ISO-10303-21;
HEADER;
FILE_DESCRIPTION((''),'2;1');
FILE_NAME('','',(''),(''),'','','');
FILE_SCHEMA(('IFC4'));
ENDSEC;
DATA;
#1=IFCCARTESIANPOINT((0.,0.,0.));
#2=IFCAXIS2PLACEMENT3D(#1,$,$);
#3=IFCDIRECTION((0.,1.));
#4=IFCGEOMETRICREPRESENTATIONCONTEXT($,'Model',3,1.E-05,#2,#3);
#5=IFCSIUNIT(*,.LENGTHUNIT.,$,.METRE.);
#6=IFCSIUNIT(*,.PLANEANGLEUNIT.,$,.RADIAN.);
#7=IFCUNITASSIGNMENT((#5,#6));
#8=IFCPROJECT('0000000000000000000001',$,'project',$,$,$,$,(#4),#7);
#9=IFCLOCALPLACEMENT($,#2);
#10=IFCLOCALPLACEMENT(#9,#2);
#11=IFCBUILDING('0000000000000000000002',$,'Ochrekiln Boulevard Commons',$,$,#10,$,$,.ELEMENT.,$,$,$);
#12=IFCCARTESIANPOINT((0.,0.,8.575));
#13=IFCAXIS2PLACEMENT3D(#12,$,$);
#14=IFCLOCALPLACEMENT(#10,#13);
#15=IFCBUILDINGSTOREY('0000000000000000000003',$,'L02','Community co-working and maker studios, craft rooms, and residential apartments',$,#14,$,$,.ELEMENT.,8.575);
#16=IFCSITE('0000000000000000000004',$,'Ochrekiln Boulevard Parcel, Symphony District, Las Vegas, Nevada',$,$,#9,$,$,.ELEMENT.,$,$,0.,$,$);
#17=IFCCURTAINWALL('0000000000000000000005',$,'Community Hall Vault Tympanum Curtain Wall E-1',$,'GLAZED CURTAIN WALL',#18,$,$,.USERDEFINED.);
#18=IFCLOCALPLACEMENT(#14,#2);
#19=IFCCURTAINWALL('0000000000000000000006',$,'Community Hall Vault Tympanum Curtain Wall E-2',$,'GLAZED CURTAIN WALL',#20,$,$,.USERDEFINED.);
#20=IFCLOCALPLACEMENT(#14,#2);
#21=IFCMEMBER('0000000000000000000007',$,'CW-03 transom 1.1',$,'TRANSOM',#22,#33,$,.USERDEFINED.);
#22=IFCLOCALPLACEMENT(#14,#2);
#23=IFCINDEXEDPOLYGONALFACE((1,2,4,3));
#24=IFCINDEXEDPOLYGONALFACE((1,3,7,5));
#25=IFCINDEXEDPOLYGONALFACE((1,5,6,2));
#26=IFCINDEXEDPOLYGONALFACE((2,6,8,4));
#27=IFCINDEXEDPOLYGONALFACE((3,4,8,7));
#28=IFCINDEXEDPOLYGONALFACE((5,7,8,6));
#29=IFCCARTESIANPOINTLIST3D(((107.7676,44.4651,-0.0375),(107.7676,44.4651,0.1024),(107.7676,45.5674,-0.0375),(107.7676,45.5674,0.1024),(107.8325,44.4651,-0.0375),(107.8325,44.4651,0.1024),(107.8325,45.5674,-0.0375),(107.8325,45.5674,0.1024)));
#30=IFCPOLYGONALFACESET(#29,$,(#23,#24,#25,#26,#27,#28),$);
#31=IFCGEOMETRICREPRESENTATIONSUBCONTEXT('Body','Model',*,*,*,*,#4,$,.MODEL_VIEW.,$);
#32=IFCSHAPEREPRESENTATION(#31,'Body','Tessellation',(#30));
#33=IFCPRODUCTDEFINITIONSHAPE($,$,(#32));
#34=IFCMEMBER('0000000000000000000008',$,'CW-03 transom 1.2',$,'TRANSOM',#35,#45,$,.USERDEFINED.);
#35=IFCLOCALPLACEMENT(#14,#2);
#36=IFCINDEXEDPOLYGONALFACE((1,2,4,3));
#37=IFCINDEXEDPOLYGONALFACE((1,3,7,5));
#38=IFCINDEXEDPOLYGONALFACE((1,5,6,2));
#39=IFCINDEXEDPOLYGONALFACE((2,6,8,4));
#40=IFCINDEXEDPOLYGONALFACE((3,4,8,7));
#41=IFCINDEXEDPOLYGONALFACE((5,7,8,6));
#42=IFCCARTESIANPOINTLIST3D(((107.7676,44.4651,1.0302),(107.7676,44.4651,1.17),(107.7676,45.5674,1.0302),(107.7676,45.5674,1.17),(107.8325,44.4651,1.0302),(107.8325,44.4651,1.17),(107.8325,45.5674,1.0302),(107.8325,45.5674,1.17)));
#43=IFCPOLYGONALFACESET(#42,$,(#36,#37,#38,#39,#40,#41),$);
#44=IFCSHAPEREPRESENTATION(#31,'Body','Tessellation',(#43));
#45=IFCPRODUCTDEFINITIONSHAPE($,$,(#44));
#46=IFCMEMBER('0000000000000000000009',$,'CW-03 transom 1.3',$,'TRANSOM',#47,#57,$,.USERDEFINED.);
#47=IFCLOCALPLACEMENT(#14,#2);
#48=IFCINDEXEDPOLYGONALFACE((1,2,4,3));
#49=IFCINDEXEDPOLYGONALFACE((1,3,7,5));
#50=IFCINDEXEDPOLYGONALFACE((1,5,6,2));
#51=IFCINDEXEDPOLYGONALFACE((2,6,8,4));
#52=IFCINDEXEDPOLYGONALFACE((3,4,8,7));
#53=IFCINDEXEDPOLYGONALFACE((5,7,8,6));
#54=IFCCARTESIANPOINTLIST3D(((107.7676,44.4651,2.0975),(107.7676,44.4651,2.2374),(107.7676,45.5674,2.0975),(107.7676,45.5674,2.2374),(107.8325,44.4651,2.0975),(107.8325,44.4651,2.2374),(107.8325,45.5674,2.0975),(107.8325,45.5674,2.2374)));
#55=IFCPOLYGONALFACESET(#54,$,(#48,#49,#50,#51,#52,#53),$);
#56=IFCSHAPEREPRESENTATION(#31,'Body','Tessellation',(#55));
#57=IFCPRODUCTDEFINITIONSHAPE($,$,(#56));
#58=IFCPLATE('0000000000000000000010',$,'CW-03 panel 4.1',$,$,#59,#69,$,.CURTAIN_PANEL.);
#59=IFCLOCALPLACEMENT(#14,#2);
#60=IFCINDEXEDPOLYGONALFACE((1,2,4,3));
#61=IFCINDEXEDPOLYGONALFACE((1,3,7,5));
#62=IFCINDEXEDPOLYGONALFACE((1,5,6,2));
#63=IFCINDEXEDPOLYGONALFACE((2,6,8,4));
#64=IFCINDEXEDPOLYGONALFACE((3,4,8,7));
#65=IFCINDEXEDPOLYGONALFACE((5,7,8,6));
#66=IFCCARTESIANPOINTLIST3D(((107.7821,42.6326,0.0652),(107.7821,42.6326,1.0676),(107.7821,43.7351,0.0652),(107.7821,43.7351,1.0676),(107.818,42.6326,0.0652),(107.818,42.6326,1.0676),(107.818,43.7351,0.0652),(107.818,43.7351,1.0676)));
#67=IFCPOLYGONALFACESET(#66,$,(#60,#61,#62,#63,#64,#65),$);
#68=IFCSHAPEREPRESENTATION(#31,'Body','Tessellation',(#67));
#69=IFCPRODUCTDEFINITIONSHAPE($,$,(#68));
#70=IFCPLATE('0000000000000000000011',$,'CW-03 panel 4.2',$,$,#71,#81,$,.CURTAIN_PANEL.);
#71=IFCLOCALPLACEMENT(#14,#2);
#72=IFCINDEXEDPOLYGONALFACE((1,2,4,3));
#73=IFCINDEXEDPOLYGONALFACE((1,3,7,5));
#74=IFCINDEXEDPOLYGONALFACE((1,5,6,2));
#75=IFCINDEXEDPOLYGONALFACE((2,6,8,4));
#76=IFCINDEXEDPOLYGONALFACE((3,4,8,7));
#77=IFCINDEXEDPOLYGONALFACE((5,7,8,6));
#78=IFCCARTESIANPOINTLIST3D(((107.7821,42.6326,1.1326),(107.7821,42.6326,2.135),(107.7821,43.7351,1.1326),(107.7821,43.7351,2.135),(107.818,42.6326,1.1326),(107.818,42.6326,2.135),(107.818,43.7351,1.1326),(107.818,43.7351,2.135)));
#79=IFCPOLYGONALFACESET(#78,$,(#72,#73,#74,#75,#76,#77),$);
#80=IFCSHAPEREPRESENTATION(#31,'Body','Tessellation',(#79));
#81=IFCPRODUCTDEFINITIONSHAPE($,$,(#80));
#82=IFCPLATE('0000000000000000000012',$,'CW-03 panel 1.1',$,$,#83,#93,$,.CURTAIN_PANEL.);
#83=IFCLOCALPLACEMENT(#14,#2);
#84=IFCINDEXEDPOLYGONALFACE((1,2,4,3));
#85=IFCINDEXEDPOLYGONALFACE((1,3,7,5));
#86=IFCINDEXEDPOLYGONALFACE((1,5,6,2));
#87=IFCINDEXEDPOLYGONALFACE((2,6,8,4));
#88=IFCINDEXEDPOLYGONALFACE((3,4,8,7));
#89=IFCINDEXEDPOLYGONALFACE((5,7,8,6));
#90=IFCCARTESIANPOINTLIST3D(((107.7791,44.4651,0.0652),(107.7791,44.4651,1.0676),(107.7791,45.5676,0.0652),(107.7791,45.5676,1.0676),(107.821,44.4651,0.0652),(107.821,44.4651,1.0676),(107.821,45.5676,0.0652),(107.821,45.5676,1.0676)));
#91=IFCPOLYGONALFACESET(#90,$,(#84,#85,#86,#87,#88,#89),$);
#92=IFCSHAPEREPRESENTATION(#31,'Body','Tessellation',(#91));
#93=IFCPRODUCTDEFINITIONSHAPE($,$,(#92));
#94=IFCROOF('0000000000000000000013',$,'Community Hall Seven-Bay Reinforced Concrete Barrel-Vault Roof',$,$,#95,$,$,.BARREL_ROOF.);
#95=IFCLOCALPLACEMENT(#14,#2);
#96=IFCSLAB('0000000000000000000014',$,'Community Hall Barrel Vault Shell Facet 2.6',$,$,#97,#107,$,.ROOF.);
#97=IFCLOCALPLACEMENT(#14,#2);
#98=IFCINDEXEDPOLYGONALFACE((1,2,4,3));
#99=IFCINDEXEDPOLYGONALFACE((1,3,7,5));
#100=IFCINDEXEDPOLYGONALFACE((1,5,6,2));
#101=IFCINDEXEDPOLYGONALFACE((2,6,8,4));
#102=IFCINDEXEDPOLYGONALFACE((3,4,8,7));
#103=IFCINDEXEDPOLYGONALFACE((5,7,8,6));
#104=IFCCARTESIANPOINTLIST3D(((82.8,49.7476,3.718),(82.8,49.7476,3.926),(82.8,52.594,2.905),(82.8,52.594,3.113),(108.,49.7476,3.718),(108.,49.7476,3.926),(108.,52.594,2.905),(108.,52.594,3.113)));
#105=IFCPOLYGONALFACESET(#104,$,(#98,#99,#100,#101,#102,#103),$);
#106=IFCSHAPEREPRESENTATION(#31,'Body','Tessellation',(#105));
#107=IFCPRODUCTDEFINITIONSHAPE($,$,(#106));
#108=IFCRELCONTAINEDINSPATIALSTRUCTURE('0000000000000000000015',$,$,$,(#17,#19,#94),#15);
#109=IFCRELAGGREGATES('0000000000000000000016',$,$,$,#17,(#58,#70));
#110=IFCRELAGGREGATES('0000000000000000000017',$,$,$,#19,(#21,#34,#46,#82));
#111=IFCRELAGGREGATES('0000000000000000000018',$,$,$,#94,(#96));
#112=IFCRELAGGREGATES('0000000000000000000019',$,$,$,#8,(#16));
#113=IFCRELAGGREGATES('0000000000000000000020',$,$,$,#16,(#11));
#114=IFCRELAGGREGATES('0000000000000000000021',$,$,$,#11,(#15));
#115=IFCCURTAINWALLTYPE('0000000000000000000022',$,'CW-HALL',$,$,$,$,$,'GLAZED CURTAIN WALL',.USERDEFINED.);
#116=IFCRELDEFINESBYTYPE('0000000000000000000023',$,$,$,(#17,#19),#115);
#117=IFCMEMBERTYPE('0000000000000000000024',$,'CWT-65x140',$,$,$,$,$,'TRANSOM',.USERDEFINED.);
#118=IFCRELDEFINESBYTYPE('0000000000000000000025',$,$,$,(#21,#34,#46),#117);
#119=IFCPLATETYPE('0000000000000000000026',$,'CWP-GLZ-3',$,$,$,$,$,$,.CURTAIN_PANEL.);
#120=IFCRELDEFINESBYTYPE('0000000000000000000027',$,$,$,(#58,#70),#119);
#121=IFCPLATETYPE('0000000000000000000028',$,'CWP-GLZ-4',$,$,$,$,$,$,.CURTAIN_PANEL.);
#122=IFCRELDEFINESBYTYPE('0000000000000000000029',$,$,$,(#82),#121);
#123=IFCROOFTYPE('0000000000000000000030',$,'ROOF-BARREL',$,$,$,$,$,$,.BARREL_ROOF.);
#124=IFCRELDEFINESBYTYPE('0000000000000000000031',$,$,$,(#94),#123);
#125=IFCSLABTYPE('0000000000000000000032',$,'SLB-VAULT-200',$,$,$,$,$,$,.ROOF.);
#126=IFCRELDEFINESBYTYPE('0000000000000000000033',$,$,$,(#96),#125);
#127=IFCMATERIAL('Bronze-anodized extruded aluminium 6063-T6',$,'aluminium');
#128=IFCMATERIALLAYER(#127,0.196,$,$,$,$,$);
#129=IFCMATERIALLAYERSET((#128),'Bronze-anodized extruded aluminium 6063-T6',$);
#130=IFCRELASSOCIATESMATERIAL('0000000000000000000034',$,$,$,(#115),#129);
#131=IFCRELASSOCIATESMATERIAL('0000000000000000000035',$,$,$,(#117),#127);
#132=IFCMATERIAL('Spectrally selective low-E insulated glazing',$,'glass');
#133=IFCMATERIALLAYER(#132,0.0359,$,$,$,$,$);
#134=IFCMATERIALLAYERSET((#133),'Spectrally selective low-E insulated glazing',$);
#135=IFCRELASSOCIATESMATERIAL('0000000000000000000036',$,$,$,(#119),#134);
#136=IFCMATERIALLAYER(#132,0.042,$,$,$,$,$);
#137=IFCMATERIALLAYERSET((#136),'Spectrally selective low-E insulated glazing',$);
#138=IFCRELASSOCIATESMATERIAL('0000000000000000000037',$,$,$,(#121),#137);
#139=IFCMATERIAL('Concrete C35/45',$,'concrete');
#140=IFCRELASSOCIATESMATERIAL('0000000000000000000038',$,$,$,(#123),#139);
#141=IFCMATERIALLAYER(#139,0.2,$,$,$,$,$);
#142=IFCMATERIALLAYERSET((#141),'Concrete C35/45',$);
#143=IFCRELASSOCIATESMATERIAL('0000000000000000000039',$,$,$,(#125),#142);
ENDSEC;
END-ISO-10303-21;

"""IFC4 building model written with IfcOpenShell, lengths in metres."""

from ifc_helpers import new_model, si_unit, direction, frame, origin, origin_2d, place, context, subcontext, project, spatial, polyline, rectangle, outline, extrude, material, layer, layer_set, material_profile, profile_set, type_object, element, aggregate, save


model = new_model("IFC4")

# Units and contexts
model_context = context("Model", 3, precision=1e-05, world=origin(), true_north=direction((0.0, 1.0)))
body_context = subcontext(model_context, "Body", "Model", "MODEL_VIEW")
ifc_project = project(units=[si_unit("LENGTHUNIT", "METRE"), si_unit("PLANEANGLEUNIT", "RADIAN")], contexts=[model_context])

# Site, building, storey
site_placement = place(None, origin())
site = spatial("IfcSite", under=ifc_project, at=site_placement, Name="Ochrekiln Boulevard Parcel, Symphony District, Las Vegas, Nevada", CompositionType="ELEMENT", RefElevation=0.0)
building_placement = place(site_placement, origin())
building = spatial("IfcBuilding", under=site, at=building_placement, Name="Ochrekiln Boulevard Commons", CompositionType="ELEMENT")
storey_placement = place(building_placement, frame((0.0, 0.0, 8.575)))
storey = spatial("IfcBuildingStorey", under=building, at=storey_placement, Name="L02", Description="Community co-working and maker studios, craft rooms, and residential apartments", CompositionType="ELEMENT", Elevation=8.575)

# Curtain wall
ifc_material_1 = material(Name="Bronze-anodized extruded aluminium 6063-T6", Category="aluminium")
ifc_layer_1 = layer(ifc_material_1, 0.196)
ifc_layer_set_1 = layer_set([ifc_layer_1], Name="Bronze-anodized extruded aluminium 6063-T6")
curtain_wall_type = type_object("IfcCurtainWallType", Name="CW-HALL", ElementType="GLAZED CURTAIN WALL", PredefinedType="USERDEFINED", material=ifc_layer_set_1)
curtain_wall_1_placement = place(storey_placement, origin())
curtain_wall_1 = element("IfcCurtainWall", 1, at=curtain_wall_1_placement, inside=storey, type_object=curtain_wall_type, Name="Community Hall Vault Tympanum Curtain Wall E-1", ObjectType="GLAZED CURTAIN WALL", PredefinedType="USERDEFINED")

# Curtain wall
curtain_wall_2_placement = place(storey_placement, origin())
curtain_wall_2 = element("IfcCurtainWall", 2, at=curtain_wall_2_placement, inside=storey, type_object=curtain_wall_type, Name="Community Hall Vault Tympanum Curtain Wall E-2", ObjectType="GLAZED CURTAIN WALL", PredefinedType="USERDEFINED")

# Members
ifc_material_profile_1 = material_profile(ifc_material_1, rectangle(XDim=0.0649, YDim=0.1399, at=origin_2d()), Name="ALU-TRN-65x140")
ifc_profile_set_1 = profile_set([ifc_material_profile_1], Name="Bronze-anodized extruded aluminium 6063-T6")
member_type_1 = type_object("IfcMemberType", Name="CWT-65x140", ElementType="TRANSOM", PredefinedType="USERDEFINED", material=ifc_profile_set_1)
member_1_placement = place(storey_placement, frame((107.8, 44.4651, 0.0325), z_axis=(0.0, 1.0, 0.0), x_axis=(-1.0, 0.0, 0.0)))
member_1 = element("IfcMember", 3, at=member_1_placement, type_object=member_type_1, Name="CW-03 transom 1.1", ObjectType="TRANSOM", PredefinedType="USERDEFINED", context=body_context, shape_type="SweptSolid", body=[
    extrude(rectangle(XDim=0.0649, YDim=0.1399, at=origin_2d()), origin(), (0.0, 0.0, 1.0), 1.1023),
])
member_2_placement = place(storey_placement, frame((107.8, 44.4651, 1.1001), z_axis=(0.0, 1.0, 0.0), x_axis=(-1.0, 0.0, 0.0)))
member_2 = element("IfcMember", 4, at=member_2_placement, type_object=member_type_1, Name="CW-03 transom 1.2", ObjectType="TRANSOM", PredefinedType="USERDEFINED", context=body_context, shape_type="SweptSolid", body=[
    extrude(rectangle(XDim=0.0649, YDim=0.1399, at=origin_2d()), origin(), (0.0, 0.0, 1.0), 1.1023),
])
member_3_placement = place(storey_placement, frame((107.8, 44.4651, 2.1675), z_axis=(0.0, 1.0, 0.0), x_axis=(-1.0, 0.0, 0.0)))
member_3 = element("IfcMember", 5, at=member_3_placement, type_object=member_type_1, Name="CW-03 transom 1.3", ObjectType="TRANSOM", PredefinedType="USERDEFINED", context=body_context, shape_type="SweptSolid", body=[
    extrude(rectangle(XDim=0.0649, YDim=0.1399, at=origin_2d()), origin(), (0.0, 0.0, 1.0), 1.1023),
])

# Plates
ifc_material_2 = material(Name="Spectrally selective low-E insulated glazing", Category="glass")
ifc_layer_2 = layer(ifc_material_2, 0.0359)
ifc_layer_set_2 = layer_set([ifc_layer_2], Name="Spectrally selective low-E insulated glazing")
plate_type_1 = type_object("IfcPlateType", Name="CWP-GLZ-3", PredefinedType="CURTAIN_PANEL", material=ifc_layer_set_2)
plate_1_placement = place(storey_placement, frame((107.8, 43.1838, 0.0652), z_axis=(0.0, 0.0, 1.0), x_axis=(0.0, 1.0, 0.0)))
plate_1 = element("IfcPlate", 6, at=plate_1_placement, type_object=plate_type_1, Name="CW-03 panel 4.1", PredefinedType="CURTAIN_PANEL", context=body_context, shape_type="SweptSolid", body=[
    extrude(rectangle(XDim=1.1025, YDim=0.0359, at=origin_2d()), origin(), (0.0, 0.0, 1.0), 1.0024),
])
plate_2_placement = place(storey_placement, frame((107.8, 43.1838, 1.1326), z_axis=(0.0, 0.0, 1.0), x_axis=(0.0, 1.0, 0.0)))
plate_2 = element("IfcPlate", 7, at=plate_2_placement, type_object=plate_type_1, Name="CW-03 panel 4.2", PredefinedType="CURTAIN_PANEL", context=body_context, shape_type="SweptSolid", body=[
    extrude(rectangle(XDim=1.1025, YDim=0.0359, at=origin_2d()), origin(), (0.0, 0.0, 1.0), 1.0024),
])
aggregate(curtain_wall_1, [plate_1, plate_2])
ifc_layer_3 = layer(ifc_material_2, 0.042)
ifc_layer_set_3 = layer_set([ifc_layer_3], Name="Spectrally selective low-E insulated glazing")
plate_type_2 = type_object("IfcPlateType", Name="CWP-GLZ-4", PredefinedType="CURTAIN_PANEL", material=ifc_layer_set_3)
plate_3_placement = place(storey_placement, frame((107.8, 45.0164, 0.0652), z_axis=(0.0, 0.0, 1.0), x_axis=(0.0, 1.0, 0.0)))
plate_3 = element("IfcPlate", 8, at=plate_3_placement, type_object=plate_type_2, Name="CW-03 panel 1.1", PredefinedType="CURTAIN_PANEL", context=body_context, shape_type="SweptSolid", body=[
    extrude(rectangle(XDim=1.1025, YDim=0.042, at=origin_2d()), origin(), (0.0, 0.0, 1.0), 1.0024),
])
aggregate(curtain_wall_2, [member_1, member_2, member_3, plate_3])

# Roof, slab
ifc_material_3 = material(Name="Concrete C35/45", Category="concrete")
roof_type = type_object("IfcRoofType", Name="ROOF-BARREL", PredefinedType="BARREL_ROOF", material=ifc_material_3)
roof_placement = place(storey_placement, origin())
roof = element("IfcRoof", 9, at=roof_placement, inside=storey, type_object=roof_type, Name="Community Hall Seven-Bay Reinforced Concrete Barrel-Vault Roof", PredefinedType="BARREL_ROOF")
ifc_layer_4 = layer(ifc_material_3, 0.2)
ifc_layer_set_4 = layer_set([ifc_layer_4], Name="Concrete C35/45")
slab_type = type_object("IfcSlabType", Name="SLB-VAULT-200", PredefinedType="ROOF", material=ifc_layer_set_4)
slab_placement = place(storey_placement, frame((82.8, 49.7476, 3.926), z_axis=(1.0, 0.0, 0.0), x_axis=(0.0, 1.0, 0.0)))
slab = element("IfcSlab", 10, at=slab_placement, type_object=slab_type, Name="Community Hall Barrel Vault Shell Facet 2.6", PredefinedType="ROOF", context=body_context, shape_type="SweptSolid", body=[
    extrude(outline(polyline([(0.0, 0.0), (2.8464, -0.813), (2.8464, -1.021), (0.0, -0.208), (0.0, 0.0)])), origin(), (0.0, 0.0, 1.0), 25.2),
])
aggregate(roof, [slab])

save(model, "model.ifc")
